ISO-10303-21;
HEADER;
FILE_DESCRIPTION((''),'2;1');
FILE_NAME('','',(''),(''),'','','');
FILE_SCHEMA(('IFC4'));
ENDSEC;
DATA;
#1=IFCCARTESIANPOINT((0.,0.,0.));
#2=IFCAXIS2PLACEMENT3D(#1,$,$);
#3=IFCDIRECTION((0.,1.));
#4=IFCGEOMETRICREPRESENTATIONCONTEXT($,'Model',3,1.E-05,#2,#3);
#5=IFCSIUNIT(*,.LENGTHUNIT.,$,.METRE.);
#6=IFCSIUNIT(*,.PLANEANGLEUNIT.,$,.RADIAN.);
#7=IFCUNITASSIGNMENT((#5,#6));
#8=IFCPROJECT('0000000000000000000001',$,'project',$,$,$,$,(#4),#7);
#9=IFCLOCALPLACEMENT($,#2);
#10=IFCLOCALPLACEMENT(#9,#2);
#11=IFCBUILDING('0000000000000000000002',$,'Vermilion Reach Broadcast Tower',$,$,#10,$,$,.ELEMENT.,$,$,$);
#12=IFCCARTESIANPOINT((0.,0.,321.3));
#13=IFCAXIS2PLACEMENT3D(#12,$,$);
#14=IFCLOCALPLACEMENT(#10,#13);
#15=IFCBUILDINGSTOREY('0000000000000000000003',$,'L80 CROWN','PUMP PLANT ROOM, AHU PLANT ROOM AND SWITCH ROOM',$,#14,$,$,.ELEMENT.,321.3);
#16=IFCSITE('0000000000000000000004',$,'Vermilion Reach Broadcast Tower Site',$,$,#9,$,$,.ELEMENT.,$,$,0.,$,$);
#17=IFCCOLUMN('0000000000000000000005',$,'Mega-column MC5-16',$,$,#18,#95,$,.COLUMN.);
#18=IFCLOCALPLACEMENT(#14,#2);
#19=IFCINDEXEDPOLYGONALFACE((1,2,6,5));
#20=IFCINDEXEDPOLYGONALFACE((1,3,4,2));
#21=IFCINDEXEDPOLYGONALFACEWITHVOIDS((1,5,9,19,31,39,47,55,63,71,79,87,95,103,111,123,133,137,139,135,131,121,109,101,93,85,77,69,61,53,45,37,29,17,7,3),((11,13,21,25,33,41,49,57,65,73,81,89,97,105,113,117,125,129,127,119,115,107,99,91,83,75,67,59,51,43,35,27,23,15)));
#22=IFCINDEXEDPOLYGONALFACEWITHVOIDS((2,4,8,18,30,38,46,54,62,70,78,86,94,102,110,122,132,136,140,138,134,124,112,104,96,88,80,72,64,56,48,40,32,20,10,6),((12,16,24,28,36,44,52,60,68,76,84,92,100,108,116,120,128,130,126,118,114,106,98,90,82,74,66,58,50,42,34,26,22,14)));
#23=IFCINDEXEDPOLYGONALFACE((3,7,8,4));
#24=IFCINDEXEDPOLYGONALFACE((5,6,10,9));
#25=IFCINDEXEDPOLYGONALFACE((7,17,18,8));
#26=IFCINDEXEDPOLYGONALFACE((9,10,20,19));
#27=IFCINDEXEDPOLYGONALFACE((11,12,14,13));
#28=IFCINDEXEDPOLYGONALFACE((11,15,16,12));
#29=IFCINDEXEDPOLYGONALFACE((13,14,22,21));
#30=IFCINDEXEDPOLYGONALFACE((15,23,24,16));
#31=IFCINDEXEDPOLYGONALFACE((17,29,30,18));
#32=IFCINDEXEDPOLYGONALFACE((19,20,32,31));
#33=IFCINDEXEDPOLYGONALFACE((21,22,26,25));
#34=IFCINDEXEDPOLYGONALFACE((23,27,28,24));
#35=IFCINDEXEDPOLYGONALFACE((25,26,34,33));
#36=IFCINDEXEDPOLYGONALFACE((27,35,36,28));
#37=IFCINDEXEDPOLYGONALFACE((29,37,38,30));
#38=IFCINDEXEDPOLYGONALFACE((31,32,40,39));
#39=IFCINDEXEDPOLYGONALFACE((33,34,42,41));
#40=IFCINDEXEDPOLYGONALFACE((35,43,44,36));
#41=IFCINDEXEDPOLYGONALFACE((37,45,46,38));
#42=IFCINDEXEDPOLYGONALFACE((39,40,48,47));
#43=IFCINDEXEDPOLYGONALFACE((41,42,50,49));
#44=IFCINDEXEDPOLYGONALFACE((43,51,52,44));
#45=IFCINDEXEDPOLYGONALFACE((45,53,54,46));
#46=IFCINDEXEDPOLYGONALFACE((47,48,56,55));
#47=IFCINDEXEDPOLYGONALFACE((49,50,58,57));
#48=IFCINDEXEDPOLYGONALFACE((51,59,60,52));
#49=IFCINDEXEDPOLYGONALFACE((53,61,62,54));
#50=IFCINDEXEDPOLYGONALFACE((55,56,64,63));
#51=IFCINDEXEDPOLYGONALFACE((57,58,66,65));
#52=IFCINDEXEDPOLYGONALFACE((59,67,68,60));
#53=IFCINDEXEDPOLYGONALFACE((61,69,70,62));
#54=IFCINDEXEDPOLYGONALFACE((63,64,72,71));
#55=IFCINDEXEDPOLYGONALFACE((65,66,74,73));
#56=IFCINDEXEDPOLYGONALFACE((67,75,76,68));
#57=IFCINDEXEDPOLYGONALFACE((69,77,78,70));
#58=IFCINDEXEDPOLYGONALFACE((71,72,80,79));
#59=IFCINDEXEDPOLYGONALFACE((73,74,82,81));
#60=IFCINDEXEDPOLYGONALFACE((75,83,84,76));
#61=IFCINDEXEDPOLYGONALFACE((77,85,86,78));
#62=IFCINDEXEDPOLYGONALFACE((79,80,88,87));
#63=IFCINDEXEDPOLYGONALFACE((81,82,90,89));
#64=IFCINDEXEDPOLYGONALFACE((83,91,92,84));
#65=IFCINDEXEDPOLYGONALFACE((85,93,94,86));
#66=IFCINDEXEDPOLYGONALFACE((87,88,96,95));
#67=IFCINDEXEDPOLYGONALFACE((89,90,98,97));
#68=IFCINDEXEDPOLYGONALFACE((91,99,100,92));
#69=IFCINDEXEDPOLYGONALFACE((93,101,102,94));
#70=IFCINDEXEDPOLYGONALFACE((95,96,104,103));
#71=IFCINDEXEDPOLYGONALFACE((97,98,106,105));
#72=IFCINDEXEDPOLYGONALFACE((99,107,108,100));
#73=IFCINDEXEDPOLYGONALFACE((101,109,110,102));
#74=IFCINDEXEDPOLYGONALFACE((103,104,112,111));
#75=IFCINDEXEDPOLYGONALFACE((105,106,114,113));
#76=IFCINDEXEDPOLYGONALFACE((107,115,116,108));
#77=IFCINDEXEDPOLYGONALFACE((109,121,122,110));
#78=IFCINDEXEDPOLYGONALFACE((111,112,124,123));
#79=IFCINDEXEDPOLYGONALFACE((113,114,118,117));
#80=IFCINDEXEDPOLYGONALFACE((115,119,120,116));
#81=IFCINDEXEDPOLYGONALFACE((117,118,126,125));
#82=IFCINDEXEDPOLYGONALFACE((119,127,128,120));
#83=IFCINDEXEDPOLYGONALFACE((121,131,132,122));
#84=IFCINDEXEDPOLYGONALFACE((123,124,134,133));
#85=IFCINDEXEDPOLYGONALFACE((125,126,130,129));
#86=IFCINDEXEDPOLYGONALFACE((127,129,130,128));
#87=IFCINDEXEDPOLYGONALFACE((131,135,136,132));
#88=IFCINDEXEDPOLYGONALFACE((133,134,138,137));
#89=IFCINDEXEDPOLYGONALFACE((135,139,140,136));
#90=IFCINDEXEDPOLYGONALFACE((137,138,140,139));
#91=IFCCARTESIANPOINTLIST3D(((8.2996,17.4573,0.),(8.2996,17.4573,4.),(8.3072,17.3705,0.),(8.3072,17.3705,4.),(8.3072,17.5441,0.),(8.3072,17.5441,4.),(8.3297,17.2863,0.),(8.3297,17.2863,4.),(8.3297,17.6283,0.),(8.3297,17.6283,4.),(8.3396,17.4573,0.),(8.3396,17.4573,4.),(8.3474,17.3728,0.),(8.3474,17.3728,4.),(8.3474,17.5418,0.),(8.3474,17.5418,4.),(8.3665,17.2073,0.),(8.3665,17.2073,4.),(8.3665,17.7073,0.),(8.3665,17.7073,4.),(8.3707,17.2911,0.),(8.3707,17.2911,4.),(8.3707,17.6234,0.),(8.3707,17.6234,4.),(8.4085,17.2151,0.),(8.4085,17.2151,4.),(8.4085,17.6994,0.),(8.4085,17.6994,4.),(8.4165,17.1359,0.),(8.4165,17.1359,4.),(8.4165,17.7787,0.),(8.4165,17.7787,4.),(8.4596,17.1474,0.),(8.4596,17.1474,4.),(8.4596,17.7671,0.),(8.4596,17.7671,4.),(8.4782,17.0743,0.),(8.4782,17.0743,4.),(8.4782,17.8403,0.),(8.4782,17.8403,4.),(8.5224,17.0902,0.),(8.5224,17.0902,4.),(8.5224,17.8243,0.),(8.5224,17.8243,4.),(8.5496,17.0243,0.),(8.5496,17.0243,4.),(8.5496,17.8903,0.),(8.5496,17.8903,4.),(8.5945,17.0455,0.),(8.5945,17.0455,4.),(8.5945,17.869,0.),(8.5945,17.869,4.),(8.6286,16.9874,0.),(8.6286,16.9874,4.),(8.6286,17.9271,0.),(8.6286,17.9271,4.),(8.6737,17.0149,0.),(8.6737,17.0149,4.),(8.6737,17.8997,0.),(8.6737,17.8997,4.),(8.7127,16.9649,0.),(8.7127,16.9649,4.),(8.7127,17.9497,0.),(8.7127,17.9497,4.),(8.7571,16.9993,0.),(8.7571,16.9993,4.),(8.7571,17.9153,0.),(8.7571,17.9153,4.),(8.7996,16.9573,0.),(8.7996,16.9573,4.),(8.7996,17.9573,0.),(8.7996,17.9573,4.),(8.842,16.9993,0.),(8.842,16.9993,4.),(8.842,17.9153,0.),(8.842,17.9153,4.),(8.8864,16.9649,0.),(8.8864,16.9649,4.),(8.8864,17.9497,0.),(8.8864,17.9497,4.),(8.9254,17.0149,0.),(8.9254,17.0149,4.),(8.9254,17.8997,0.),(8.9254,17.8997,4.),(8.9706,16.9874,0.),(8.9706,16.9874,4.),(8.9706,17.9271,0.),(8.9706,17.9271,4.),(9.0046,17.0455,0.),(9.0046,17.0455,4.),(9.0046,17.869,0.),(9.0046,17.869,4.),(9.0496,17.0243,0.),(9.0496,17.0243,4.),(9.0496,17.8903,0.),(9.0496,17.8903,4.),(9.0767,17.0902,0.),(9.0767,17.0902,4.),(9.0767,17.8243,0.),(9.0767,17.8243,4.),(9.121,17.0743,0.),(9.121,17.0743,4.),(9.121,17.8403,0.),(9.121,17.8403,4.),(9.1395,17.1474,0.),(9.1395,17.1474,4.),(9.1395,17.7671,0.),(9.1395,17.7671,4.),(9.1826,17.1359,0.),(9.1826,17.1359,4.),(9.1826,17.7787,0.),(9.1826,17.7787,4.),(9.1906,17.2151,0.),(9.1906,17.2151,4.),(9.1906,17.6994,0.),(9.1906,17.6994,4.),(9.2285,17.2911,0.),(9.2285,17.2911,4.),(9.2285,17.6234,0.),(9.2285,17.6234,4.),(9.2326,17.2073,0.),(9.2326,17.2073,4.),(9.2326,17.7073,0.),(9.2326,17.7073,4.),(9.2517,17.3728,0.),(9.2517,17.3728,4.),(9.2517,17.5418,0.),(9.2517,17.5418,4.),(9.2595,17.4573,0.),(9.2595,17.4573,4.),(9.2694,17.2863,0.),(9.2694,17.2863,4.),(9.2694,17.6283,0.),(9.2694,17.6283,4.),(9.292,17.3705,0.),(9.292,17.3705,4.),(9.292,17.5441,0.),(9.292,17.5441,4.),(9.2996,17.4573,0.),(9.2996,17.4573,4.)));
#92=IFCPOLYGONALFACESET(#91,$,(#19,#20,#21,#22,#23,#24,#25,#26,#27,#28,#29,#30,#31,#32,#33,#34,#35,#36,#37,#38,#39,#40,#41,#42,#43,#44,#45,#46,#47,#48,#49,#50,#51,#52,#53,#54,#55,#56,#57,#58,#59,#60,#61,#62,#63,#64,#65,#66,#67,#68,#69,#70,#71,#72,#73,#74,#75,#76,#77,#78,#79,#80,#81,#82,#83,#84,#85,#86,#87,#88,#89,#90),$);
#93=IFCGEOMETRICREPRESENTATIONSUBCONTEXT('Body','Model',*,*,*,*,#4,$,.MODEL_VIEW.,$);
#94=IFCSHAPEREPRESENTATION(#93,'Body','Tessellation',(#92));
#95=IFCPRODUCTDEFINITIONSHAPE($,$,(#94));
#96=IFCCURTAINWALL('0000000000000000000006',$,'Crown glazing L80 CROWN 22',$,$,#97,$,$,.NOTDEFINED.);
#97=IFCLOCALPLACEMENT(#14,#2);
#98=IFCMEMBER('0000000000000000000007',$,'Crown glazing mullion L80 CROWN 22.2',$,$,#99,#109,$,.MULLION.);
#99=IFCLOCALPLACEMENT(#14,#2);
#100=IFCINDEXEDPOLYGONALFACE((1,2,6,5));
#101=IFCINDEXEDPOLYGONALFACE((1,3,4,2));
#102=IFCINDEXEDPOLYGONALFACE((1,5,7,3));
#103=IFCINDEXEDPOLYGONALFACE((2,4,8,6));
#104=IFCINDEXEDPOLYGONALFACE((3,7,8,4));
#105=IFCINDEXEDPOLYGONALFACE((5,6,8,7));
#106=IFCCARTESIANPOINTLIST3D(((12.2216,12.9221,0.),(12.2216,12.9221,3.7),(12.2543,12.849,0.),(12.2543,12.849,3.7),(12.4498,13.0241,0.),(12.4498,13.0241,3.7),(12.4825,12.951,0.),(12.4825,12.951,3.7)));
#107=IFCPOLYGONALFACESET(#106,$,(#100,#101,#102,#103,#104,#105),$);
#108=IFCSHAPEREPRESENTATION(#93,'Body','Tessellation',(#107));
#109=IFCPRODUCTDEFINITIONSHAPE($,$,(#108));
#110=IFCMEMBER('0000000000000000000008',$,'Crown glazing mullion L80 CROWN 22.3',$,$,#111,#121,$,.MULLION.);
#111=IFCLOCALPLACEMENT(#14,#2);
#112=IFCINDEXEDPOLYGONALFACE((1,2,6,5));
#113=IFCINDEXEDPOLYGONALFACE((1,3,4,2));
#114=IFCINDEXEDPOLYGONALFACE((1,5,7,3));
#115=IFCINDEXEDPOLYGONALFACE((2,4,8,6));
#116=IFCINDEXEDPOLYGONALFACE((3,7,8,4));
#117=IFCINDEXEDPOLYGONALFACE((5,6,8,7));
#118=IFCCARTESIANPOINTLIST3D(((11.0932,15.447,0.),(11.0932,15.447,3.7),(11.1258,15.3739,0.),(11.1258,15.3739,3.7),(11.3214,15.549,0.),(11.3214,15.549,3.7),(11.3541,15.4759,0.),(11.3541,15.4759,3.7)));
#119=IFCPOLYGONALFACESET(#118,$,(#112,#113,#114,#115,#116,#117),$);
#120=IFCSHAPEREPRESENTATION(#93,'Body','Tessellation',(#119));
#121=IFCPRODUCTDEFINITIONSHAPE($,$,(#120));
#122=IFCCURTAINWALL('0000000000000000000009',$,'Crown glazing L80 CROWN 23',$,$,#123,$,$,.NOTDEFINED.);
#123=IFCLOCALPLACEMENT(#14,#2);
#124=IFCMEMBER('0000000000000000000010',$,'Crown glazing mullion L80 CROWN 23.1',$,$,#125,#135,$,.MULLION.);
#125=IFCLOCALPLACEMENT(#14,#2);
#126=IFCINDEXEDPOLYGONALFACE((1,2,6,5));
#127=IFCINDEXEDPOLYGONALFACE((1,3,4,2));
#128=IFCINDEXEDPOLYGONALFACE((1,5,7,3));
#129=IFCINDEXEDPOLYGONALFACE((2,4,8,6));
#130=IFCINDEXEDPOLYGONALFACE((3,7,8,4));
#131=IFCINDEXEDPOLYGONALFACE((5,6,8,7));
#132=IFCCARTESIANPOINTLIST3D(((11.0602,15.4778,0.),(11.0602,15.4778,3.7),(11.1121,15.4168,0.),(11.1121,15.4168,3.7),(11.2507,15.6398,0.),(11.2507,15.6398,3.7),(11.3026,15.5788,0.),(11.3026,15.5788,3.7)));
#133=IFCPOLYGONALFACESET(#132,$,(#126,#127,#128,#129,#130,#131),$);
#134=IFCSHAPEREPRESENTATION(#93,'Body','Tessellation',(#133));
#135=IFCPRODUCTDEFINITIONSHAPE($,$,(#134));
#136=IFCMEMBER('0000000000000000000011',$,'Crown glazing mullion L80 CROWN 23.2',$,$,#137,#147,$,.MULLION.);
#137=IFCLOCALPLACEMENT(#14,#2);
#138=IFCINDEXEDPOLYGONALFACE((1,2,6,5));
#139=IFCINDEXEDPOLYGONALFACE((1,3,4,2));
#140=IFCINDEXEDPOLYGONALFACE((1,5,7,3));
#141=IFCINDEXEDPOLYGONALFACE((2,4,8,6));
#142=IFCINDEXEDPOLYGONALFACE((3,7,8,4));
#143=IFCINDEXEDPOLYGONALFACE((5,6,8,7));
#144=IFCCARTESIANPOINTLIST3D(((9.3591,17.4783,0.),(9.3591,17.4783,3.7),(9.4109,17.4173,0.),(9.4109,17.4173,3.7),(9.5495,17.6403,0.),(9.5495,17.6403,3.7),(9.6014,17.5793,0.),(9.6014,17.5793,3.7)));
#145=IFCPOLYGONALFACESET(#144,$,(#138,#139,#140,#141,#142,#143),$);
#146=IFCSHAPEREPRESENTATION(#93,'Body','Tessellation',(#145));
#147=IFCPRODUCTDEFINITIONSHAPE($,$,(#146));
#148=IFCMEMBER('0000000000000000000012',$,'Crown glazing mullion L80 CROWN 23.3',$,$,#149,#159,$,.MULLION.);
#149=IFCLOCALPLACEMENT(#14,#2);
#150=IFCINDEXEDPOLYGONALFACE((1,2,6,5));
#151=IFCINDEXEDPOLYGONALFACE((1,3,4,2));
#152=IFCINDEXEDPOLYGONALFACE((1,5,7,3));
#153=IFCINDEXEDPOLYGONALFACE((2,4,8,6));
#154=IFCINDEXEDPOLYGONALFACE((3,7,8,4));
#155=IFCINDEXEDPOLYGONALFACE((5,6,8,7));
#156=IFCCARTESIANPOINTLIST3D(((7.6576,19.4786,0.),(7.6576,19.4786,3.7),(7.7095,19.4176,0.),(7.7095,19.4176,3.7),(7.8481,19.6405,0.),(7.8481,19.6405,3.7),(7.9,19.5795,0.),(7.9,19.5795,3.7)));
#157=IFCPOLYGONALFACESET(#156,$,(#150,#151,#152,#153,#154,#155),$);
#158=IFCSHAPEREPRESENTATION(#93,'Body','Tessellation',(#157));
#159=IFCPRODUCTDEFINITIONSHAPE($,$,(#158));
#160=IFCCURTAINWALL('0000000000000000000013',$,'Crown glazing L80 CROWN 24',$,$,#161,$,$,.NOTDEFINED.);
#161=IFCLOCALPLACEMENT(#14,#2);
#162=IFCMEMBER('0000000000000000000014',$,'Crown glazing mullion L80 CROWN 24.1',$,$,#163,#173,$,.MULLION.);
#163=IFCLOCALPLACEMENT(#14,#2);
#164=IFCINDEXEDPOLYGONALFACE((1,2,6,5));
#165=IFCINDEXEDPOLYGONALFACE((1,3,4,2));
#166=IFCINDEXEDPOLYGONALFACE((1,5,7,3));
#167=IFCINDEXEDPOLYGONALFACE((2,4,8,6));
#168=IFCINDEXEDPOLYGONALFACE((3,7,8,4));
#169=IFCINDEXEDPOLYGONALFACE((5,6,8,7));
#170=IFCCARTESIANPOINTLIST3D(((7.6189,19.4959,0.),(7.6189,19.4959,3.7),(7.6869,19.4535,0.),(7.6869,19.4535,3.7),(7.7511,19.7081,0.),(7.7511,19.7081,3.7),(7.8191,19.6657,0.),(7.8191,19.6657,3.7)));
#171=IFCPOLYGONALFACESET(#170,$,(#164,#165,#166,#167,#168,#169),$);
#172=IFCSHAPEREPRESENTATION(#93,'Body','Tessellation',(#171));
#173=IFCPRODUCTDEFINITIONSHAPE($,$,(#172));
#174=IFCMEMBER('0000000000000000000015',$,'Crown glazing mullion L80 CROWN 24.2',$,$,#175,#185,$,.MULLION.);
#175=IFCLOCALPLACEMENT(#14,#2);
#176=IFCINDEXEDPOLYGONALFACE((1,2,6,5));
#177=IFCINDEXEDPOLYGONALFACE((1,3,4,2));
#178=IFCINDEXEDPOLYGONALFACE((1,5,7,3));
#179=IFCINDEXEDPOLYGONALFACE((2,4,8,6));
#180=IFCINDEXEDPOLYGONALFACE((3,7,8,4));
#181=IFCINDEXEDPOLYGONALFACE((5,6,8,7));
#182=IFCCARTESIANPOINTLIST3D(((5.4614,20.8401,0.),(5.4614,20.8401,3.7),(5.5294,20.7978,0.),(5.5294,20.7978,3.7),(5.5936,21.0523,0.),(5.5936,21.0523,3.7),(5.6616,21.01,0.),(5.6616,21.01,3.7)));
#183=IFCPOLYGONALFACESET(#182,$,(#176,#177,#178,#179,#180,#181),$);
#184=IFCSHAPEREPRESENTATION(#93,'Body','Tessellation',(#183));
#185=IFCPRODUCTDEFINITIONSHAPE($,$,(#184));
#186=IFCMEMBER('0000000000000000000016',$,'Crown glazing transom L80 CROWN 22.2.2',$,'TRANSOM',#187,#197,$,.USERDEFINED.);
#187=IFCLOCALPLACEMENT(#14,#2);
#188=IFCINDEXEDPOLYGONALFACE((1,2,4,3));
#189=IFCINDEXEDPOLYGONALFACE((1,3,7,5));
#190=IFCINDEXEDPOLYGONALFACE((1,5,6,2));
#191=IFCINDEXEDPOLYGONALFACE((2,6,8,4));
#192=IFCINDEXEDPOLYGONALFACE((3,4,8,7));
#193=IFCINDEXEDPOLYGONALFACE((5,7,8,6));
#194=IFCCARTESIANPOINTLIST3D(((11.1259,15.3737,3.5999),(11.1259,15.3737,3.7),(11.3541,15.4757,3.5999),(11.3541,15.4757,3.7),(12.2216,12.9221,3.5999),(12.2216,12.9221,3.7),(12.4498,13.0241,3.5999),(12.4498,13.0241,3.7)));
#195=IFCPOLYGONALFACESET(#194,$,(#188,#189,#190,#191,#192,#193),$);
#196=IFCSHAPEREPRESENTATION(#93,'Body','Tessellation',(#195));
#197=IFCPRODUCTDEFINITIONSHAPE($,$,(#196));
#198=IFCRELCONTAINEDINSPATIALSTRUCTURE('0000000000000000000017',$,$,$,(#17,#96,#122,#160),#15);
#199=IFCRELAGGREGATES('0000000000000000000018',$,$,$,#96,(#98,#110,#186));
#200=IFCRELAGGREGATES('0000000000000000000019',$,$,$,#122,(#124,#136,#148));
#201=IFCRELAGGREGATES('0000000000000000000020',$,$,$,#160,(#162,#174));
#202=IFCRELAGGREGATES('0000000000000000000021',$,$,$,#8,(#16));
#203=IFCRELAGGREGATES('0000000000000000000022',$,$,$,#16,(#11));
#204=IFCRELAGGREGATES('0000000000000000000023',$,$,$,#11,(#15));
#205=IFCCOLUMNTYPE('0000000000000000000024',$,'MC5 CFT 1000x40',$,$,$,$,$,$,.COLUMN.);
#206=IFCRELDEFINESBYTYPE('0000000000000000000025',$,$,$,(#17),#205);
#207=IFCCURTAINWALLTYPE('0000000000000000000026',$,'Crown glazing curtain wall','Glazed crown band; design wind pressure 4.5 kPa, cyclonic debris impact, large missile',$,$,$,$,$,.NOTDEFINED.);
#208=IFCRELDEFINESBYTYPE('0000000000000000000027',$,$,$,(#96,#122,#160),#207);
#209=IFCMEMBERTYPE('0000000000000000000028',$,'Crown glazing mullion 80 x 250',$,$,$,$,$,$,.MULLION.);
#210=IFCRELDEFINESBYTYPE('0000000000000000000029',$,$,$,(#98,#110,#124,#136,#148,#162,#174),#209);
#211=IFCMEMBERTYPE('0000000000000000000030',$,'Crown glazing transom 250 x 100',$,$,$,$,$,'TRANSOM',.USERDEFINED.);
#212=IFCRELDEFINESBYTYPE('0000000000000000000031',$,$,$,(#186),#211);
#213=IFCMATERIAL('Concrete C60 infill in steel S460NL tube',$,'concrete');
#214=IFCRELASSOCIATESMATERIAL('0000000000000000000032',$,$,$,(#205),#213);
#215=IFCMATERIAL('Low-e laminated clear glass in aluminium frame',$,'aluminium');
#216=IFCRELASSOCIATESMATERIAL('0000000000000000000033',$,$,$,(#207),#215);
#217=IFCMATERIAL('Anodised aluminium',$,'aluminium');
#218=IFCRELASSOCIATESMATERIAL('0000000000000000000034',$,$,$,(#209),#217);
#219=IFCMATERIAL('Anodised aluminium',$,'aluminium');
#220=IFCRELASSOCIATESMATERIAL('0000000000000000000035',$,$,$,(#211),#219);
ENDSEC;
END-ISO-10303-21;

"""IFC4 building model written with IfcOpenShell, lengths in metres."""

from ifc_helpers import new_model, si_unit, direction, frame, origin, origin_2d, place, context, subcontext, project, spatial, rectangle, hollow_circle, extrude, material, material_profile, profile_set, type_object, element, aggregate, save


model = new_model("IFC4")

# Units and contexts
model_context = context("Model", 3, precision=1e-05, world=origin(), true_north=direction((0.0, 1.0)))
body_context = subcontext(model_context, "Body", "Model", "MODEL_VIEW")
ifc_project = project(units=[si_unit("LENGTHUNIT", "METRE"), si_unit("PLANEANGLEUNIT", "RADIAN")], contexts=[model_context])

# Site, building, storey
site_placement = place(None, origin())
site = spatial("IfcSite", under=ifc_project, at=site_placement, Name="Vermilion Reach Broadcast Tower Site", CompositionType="ELEMENT", RefElevation=0.0)
building_placement = place(site_placement, origin())
building = spatial("IfcBuilding", under=site, at=building_placement, Name="Vermilion Reach Broadcast Tower", CompositionType="ELEMENT")
storey_placement = place(building_placement, frame((0.0, 0.0, 321.3)))
storey = spatial("IfcBuildingStorey", under=building, at=storey_placement, Name="L80 CROWN", Description="PUMP PLANT ROOM, AHU PLANT ROOM AND SWITCH ROOM", CompositionType="ELEMENT", Elevation=321.3)

# Column
ifc_material_1 = material(Name="Concrete C60 infill in steel S460NL tube", Category="concrete")
ifc_material_profile_1 = material_profile(ifc_material_1, hollow_circle(Radius=0.5, WallThickness=0.04, at=origin_2d()), Name="Concrete C60 infill in steel S460NL tube CFT 1000x40")
ifc_profile_set_1 = profile_set([ifc_material_profile_1], Name="Concrete C60 infill in steel S460NL tube")
column_type = type_object("IfcColumnType", Name="MC5 CFT 1000x40", PredefinedType="COLUMN", material=ifc_profile_set_1)
column_placement = place(storey_placement, frame((8.7996, 17.4573, 0.0), z_axis=(0.0, 0.0, 1.0), x_axis=(1.0, 0.0, 0.0)))
element("IfcColumn", 1, at=column_placement, inside=storey, type_object=column_type, Name="Mega-column MC5-16", PredefinedType="COLUMN", context=body_context, shape_type="SweptSolid", body=[
    extrude(hollow_circle(Radius=0.5, WallThickness=0.04, at=origin_2d()), origin(), (0.0, 0.0, 1.0), 4.0),
])

# Curtain walls, members
ifc_material_2 = material(Name="Low-e laminated clear glass in aluminium frame", Category="aluminium")
curtain_wall_type = type_object("IfcCurtainWallType", Name="Crown glazing curtain wall", Description="Glazed crown band; design wind pressure 4.5 kPa, cyclonic debris impact, large missile", PredefinedType="NOTDEFINED", material=ifc_material_2)
placement = place(storey_placement, origin())
curtain_wall_1 = element("IfcCurtainWall", 2, at=placement, inside=storey, type_object=curtain_wall_type, Name="Crown glazing L80 CROWN 22", PredefinedType="NOTDEFINED")
ifc_material_3 = material(Name="Anodised aluminium", Category="aluminium")
ifc_material_profile_2 = material_profile(ifc_material_3, rectangle(XDim=0.25, YDim=0.0801, at=origin_2d()), Name="Crown glazing mullion 80 x 250")
ifc_profile_set_2 = profile_set([ifc_material_profile_2], Name="Anodised aluminium")
member_type_1 = type_object("IfcMemberType", Name="Crown glazing mullion 80 x 250", PredefinedType="MULLION", material=ifc_profile_set_2)
member_1_placement = place(storey_placement, frame((12.3521, 12.9365, 0.0), z_axis=(0.0, 0.0, 1.0), x_axis=(-0.912989, -0.407985, 0.0)))
member_1 = element("IfcMember", 3, at=member_1_placement, type_object=member_type_1, Name="Crown glazing mullion L80 CROWN 22.2", PredefinedType="MULLION", context=body_context, shape_type="SweptSolid", body=[
    extrude(rectangle(XDim=0.25, YDim=0.0801, at=origin_2d()), origin(), (0.0, 0.0, 1.0), 3.7),
])
member_2_placement = place(storey_placement, frame((11.2236, 15.4614, 0.0), z_axis=(0.0, 0.0, 1.0), x_axis=(-0.912989, -0.407985, 0.0)))
member_2 = element("IfcMember", 4, at=member_2_placement, type_object=member_type_1, Name="Crown glazing mullion L80 CROWN 22.3", PredefinedType="MULLION", context=body_context, shape_type="SweptSolid", body=[
    extrude(rectangle(XDim=0.25, YDim=0.0801, at=origin_2d()), origin(), (0.0, 0.0, 1.0), 3.7),
])
curtain_wall_2 = element("IfcCurtainWall", 5, at=placement, inside=storey, type_object=curtain_wall_type, Name="Crown glazing L80 CROWN 23", PredefinedType="NOTDEFINED")
member_3_placement = place(storey_placement, frame((11.1814, 15.5283, 0.0), z_axis=(0.0, 0.0, 1.0), x_axis=(-0.76175, -0.647871, 0.0)))
member_3 = element("IfcMember", 6, at=member_3_placement, type_object=member_type_1, Name="Crown glazing mullion L80 CROWN 23.1", PredefinedType="MULLION", context=body_context, shape_type="SweptSolid", body=[
    extrude(rectangle(XDim=0.25, YDim=0.0801, at=origin_2d()), origin(), (0.0, 0.0, 1.0), 3.7),
])
member_4_placement = place(storey_placement, frame((9.4802, 17.5288, 0.0), z_axis=(0.0, 0.0, 1.0), x_axis=(-0.76175, -0.647871, 0.0)))
member_4 = element("IfcMember", 7, at=member_4_placement, type_object=member_type_1, Name="Crown glazing mullion L80 CROWN 23.2", PredefinedType="MULLION", context=body_context, shape_type="SweptSolid", body=[
    extrude(rectangle(XDim=0.25, YDim=0.0801, at=origin_2d()), origin(), (0.0, 0.0, 1.0), 3.7),
])
member_5_placement = place(storey_placement, frame((7.7788, 19.5291, 0.0), z_axis=(0.0, 0.0, 1.0), x_axis=(-0.76175, -0.647871, 0.0)))
member_5 = element("IfcMember", 8, at=member_5_placement, type_object=member_type_1, Name="Crown glazing mullion L80 CROWN 23.3", PredefinedType="MULLION", context=body_context, shape_type="SweptSolid", body=[
    extrude(rectangle(XDim=0.25, YDim=0.0801, at=origin_2d()), origin(), (0.0, 0.0, 1.0), 3.7),
])
curtain_wall_3 = element("IfcCurtainWall", 9, at=placement, inside=storey, type_object=curtain_wall_type, Name="Crown glazing L80 CROWN 24", PredefinedType="NOTDEFINED")
member_6_placement = place(storey_placement, frame((7.719, 19.5808, 0.0), z_axis=(0.0, 0.0, 1.0), x_axis=(-0.528861, -0.848708, 0.0)))
member_6 = element("IfcMember", 10, at=member_6_placement, type_object=member_type_1, Name="Crown glazing mullion L80 CROWN 24.1", PredefinedType="MULLION", context=body_context, shape_type="SweptSolid", body=[
    extrude(rectangle(XDim=0.25, YDim=0.0801, at=origin_2d()), origin(), (0.0, 0.0, 1.0), 3.7),
])
member_7_placement = place(storey_placement, frame((5.5615, 20.925, 0.0), z_axis=(0.0, 0.0, 1.0), x_axis=(-0.528861, -0.848708, 0.0)))
member_7 = element("IfcMember", 11, at=member_7_placement, type_object=member_type_1, Name="Crown glazing mullion L80 CROWN 24.2", PredefinedType="MULLION", context=body_context, shape_type="SweptSolid", body=[
    extrude(rectangle(XDim=0.25, YDim=0.0801, at=origin_2d()), origin(), (0.0, 0.0, 1.0), 3.7),
])

# Member
ifc_material_4 = material(Name="Anodised aluminium", Category="aluminium")
ifc_material_profile_3 = material_profile(ifc_material_4, rectangle(XDim=0.25, YDim=0.1001, at=origin_2d()), Name="Crown glazing transom 250 x 100")
ifc_profile_set_3 = profile_set([ifc_material_profile_3], Name="Anodised aluminium")
member_type_2 = type_object("IfcMemberType", Name="Crown glazing transom 250 x 100", ElementType="TRANSOM", PredefinedType="USERDEFINED", material=ifc_profile_set_3)
member_8_placement = place(storey_placement, frame((12.3357, 12.9731, 3.6499), z_axis=(-0.408027, 0.91297, 0.0), x_axis=(-0.91297, -0.408027, 0.0)))
member_8 = element("IfcMember", 12, at=member_8_placement, type_object=member_type_2, Name="Crown glazing transom L80 CROWN 22.2.2", ObjectType="TRANSOM", PredefinedType="USERDEFINED", context=body_context, shape_type="SweptSolid", body=[
    extrude(rectangle(XDim=0.25, YDim=0.1001, at=origin_2d()), origin(), (0.0, 0.0, 1.0), 2.6853),
])

aggregate(curtain_wall_1, [member_1, member_2, member_8])
aggregate(curtain_wall_2, [member_3, member_4, member_5])
aggregate(curtain_wall_3, [member_6, member_7])

save(model, "model.ifc")
